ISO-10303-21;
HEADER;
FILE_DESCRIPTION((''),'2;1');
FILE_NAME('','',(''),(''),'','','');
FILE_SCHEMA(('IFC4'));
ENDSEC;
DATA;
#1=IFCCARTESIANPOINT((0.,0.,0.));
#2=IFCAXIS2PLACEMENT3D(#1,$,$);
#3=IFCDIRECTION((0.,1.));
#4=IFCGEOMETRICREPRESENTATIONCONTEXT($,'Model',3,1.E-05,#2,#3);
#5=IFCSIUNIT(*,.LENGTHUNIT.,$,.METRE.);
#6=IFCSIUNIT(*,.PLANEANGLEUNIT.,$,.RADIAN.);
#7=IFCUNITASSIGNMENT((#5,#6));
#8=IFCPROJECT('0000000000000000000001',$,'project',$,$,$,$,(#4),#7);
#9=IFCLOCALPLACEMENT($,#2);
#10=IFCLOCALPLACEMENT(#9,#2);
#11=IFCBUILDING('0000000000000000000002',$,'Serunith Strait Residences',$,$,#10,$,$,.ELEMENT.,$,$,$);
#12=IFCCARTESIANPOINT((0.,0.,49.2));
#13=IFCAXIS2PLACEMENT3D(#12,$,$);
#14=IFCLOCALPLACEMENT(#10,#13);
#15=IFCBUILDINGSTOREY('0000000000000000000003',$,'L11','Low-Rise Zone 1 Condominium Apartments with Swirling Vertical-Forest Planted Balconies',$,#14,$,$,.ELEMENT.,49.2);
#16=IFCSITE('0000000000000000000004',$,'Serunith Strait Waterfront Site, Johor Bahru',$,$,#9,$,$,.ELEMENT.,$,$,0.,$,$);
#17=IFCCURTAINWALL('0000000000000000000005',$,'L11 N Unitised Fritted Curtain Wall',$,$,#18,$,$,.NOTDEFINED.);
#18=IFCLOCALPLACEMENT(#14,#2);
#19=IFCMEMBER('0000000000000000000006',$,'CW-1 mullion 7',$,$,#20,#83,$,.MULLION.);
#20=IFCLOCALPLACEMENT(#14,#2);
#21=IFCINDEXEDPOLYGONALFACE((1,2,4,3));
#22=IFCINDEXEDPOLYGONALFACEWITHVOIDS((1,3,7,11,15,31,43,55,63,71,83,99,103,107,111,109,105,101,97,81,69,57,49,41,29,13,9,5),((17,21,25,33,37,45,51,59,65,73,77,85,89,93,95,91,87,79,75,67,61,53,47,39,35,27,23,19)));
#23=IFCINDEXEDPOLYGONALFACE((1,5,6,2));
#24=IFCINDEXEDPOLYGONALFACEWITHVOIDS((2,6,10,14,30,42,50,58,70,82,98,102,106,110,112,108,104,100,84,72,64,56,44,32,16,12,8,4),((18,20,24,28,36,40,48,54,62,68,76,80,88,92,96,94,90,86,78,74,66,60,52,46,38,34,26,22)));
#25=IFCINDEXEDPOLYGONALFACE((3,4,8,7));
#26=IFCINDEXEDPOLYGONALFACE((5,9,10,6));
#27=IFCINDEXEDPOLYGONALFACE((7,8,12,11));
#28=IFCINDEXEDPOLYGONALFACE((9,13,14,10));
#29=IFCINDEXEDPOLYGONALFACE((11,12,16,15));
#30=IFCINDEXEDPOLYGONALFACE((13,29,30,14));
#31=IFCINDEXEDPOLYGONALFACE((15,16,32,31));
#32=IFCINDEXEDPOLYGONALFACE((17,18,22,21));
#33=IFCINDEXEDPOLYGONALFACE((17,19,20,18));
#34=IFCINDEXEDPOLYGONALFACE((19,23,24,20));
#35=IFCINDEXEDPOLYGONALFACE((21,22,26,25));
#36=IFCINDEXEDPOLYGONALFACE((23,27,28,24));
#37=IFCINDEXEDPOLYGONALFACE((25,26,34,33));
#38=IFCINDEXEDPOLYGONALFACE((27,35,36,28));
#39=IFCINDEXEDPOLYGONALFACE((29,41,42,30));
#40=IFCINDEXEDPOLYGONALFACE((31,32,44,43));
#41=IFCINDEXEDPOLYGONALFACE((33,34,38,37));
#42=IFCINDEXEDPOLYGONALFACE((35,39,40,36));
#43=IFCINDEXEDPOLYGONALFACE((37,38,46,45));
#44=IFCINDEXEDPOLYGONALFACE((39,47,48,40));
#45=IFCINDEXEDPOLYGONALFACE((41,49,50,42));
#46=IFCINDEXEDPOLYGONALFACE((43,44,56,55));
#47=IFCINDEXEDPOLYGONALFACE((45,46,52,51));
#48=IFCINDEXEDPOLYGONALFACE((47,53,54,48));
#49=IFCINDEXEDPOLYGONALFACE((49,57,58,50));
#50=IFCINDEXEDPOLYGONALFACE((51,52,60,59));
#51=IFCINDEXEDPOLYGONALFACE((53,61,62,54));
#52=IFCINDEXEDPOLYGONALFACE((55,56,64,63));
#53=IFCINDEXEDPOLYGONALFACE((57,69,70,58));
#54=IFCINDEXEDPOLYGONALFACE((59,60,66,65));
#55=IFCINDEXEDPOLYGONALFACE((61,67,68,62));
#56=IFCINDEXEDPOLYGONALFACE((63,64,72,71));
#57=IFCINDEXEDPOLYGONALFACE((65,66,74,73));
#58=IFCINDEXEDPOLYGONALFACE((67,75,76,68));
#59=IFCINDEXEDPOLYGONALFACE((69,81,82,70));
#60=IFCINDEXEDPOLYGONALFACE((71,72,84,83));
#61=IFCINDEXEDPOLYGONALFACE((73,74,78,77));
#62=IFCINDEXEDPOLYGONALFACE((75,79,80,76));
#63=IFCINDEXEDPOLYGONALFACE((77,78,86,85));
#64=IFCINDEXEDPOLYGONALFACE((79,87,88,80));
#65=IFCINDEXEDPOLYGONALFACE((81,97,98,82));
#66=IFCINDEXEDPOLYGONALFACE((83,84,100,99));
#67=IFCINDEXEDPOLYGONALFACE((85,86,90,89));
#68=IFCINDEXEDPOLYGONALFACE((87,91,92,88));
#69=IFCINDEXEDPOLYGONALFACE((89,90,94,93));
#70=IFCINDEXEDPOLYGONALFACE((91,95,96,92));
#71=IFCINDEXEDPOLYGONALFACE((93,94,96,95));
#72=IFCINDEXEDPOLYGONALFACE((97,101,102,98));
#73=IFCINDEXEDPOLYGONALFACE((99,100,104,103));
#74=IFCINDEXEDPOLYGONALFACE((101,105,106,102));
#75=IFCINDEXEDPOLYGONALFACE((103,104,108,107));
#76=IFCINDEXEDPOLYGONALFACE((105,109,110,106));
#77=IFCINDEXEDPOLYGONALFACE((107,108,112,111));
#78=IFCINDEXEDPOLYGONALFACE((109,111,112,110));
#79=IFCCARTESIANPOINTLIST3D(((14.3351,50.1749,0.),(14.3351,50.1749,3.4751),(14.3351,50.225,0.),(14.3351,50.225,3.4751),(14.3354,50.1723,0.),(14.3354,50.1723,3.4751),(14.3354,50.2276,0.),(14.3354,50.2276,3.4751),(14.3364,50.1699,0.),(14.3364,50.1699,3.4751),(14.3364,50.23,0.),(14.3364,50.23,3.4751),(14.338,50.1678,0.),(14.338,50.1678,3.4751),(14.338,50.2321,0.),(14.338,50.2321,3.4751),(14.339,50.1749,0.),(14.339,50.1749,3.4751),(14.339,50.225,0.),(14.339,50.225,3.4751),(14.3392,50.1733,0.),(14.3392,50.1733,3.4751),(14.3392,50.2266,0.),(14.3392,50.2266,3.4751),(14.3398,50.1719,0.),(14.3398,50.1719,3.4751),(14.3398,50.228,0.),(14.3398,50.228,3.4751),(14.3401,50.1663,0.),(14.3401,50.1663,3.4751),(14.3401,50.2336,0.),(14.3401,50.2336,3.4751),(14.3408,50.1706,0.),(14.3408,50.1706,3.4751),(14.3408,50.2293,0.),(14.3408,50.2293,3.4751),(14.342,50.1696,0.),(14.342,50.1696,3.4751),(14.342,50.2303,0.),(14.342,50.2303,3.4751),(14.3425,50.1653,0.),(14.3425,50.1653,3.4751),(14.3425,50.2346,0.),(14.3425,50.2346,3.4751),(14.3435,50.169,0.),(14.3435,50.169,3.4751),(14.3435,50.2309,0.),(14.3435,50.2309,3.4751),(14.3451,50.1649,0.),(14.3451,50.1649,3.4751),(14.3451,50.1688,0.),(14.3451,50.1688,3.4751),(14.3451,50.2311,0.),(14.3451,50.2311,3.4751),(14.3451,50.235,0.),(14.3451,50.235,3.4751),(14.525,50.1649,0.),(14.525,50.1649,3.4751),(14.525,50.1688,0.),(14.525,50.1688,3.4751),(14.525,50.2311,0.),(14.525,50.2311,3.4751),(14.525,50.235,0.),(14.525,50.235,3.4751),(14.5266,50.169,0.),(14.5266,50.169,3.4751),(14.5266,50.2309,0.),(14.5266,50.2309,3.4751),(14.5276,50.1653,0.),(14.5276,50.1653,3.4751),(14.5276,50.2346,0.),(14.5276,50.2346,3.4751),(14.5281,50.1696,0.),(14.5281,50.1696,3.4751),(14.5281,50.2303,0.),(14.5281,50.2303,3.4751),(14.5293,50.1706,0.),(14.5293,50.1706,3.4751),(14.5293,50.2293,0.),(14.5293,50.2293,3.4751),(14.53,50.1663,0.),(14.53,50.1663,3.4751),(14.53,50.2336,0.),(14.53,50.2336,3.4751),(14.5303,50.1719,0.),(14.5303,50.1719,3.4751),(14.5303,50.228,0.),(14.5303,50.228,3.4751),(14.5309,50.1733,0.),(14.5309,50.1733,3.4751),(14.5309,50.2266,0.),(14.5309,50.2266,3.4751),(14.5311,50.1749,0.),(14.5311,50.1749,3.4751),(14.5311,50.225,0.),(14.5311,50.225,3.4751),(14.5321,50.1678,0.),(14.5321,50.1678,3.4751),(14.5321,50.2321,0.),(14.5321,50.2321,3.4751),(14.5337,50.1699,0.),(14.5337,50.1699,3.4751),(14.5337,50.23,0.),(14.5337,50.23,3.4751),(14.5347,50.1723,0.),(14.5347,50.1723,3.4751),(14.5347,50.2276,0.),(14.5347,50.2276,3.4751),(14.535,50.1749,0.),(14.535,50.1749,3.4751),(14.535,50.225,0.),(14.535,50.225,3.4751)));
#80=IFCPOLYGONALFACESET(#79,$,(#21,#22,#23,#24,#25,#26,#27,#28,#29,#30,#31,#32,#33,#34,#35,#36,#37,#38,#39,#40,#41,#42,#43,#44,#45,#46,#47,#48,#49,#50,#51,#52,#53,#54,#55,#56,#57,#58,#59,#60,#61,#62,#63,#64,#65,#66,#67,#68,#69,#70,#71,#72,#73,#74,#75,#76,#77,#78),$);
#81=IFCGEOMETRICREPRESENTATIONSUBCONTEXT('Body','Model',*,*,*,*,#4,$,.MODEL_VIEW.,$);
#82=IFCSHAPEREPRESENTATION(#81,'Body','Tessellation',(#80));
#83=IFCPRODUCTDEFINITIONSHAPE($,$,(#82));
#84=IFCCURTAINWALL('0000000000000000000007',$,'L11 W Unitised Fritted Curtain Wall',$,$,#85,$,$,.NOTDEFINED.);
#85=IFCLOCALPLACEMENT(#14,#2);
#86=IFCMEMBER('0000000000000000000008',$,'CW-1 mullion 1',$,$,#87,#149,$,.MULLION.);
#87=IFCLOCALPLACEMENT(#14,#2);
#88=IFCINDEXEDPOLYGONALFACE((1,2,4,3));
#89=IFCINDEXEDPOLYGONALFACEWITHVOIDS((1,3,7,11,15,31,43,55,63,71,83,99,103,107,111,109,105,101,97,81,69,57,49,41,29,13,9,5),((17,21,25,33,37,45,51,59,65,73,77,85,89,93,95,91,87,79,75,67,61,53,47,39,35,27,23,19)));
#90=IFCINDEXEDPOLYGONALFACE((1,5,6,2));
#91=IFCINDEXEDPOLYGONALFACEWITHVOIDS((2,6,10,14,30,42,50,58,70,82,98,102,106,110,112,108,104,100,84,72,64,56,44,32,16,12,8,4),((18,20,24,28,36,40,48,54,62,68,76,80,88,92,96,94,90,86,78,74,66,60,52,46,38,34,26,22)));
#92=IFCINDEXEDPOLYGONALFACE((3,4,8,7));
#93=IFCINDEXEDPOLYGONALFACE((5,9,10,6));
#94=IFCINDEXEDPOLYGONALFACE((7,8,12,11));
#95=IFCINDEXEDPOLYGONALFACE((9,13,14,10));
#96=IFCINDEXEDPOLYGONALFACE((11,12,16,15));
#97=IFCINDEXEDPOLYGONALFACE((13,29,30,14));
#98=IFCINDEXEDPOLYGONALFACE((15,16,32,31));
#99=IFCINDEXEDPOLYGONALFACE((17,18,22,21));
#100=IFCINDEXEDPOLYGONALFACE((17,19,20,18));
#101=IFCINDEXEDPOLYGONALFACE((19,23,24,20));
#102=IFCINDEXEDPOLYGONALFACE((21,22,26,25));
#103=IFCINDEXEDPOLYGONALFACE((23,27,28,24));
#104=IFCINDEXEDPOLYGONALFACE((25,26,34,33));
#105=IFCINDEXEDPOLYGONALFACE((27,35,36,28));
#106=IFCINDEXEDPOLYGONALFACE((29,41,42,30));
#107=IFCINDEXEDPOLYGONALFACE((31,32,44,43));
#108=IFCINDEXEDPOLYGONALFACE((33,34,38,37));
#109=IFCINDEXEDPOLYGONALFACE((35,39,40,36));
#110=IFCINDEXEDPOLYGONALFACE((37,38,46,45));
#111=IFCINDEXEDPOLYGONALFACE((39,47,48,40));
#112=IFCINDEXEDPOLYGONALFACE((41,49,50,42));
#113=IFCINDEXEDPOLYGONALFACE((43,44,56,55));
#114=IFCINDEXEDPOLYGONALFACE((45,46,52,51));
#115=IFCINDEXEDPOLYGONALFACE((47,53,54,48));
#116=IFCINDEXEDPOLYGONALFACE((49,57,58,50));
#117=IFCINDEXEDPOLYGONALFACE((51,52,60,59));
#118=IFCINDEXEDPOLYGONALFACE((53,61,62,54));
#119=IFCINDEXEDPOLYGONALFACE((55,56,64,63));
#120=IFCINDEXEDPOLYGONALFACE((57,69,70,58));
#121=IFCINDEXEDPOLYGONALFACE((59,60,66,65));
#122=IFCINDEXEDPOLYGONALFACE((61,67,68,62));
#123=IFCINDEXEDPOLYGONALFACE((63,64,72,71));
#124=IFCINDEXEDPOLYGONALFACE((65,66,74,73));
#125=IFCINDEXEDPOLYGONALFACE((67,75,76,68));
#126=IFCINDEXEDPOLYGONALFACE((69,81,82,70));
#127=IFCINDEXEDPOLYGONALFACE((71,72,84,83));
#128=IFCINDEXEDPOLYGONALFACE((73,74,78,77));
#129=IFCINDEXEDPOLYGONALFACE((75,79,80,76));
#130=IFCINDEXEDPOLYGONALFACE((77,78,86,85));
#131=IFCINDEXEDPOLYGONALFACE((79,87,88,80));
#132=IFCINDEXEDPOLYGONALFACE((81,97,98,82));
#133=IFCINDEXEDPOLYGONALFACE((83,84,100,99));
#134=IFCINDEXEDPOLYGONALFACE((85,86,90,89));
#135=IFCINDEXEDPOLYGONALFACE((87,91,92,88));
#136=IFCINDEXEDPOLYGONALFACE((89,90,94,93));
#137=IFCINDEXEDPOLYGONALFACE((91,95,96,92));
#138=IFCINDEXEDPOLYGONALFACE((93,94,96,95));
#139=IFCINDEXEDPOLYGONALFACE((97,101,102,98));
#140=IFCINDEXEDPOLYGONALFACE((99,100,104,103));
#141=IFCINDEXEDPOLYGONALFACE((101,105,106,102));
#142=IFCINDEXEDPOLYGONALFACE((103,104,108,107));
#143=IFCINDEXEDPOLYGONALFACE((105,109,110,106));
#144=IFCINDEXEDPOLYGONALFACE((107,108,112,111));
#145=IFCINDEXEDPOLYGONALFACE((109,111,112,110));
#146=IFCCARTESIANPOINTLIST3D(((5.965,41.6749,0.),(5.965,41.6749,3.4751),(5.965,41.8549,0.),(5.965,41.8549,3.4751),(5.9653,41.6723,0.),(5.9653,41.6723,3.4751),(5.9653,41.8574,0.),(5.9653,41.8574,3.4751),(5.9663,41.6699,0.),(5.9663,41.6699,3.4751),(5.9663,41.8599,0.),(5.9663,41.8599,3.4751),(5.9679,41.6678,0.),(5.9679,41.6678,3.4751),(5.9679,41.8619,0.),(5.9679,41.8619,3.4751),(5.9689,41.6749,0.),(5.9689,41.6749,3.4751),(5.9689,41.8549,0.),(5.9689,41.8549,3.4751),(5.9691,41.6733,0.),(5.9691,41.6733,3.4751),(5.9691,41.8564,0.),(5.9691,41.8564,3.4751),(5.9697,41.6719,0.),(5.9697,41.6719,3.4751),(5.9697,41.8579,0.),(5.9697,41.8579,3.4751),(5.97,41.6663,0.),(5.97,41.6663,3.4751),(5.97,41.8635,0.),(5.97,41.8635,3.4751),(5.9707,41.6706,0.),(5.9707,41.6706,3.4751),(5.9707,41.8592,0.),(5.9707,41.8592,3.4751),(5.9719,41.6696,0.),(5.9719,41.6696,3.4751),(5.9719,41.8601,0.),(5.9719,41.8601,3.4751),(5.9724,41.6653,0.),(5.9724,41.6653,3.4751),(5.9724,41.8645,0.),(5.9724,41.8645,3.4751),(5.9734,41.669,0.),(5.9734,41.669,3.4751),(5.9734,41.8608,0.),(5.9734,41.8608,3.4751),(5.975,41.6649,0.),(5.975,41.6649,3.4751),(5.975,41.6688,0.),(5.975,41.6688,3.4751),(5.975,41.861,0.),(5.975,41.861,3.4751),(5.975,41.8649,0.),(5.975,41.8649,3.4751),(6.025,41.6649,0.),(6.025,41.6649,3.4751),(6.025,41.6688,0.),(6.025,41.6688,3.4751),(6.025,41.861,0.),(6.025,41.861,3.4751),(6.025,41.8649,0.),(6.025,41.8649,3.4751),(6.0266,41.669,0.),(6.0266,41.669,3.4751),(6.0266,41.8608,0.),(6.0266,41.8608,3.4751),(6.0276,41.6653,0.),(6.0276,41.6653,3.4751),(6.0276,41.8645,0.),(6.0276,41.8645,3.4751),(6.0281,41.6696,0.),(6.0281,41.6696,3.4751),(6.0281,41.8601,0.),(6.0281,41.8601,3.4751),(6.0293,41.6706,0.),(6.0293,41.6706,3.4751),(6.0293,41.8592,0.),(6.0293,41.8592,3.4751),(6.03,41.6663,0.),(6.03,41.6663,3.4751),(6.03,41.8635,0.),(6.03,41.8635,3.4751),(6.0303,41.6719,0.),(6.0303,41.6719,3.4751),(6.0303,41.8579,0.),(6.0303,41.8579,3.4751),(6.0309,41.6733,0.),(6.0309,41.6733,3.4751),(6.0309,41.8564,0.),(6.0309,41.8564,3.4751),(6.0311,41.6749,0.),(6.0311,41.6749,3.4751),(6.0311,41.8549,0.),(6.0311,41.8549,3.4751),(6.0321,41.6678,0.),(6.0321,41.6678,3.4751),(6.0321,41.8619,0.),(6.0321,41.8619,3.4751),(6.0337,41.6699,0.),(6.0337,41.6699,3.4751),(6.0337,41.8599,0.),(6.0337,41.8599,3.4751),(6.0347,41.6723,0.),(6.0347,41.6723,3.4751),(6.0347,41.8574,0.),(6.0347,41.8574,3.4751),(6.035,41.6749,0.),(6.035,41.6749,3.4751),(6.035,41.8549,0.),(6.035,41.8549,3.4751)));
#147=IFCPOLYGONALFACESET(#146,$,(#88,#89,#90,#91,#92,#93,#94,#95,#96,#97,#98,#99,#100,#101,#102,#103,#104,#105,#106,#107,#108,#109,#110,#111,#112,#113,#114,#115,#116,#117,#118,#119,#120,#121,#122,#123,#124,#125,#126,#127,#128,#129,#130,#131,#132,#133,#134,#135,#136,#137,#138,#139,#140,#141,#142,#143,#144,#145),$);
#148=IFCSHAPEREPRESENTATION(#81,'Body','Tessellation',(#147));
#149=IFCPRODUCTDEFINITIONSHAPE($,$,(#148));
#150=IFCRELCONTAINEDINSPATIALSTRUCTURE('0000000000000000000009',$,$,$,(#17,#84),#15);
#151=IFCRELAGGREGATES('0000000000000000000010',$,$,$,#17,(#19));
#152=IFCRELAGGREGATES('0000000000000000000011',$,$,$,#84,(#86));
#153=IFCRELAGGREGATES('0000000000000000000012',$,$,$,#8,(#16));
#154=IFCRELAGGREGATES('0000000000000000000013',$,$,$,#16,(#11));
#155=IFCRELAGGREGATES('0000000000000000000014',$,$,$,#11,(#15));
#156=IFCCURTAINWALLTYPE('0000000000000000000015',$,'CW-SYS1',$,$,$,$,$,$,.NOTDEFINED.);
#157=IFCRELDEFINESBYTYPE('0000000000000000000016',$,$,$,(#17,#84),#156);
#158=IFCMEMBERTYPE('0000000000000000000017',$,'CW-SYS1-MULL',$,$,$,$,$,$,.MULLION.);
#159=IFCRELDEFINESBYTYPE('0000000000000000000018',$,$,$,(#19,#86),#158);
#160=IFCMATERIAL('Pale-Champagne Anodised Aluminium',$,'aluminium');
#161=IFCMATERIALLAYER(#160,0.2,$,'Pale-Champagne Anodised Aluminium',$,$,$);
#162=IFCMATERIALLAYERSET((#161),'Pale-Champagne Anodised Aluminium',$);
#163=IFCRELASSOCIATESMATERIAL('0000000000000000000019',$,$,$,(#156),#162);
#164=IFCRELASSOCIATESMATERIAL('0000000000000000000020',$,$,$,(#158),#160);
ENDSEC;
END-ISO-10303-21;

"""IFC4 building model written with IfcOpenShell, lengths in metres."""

from ifc_helpers import new_model, si_unit, direction, frame, origin, origin_2d, place, context, subcontext, project, spatial, hollow_rectangle, extrude, source, transform, mapped, material, layer, layer_set, material_profile, profile_set, type_object, element, aggregate, save


model = new_model("IFC4")

# Units and contexts
model_context = context("Model", 3, precision=1e-05, world=origin(), true_north=direction((0.0, 1.0)))
body_context = subcontext(model_context, "Body", "Model", "MODEL_VIEW")
ifc_project = project(units=[si_unit("LENGTHUNIT", "METRE"), si_unit("PLANEANGLEUNIT", "RADIAN")], contexts=[model_context])

# Site, building, storey
site_placement = place(None, origin())
site = spatial("IfcSite", under=ifc_project, at=site_placement, Name="Serunith Strait Waterfront Site, Johor Bahru", CompositionType="ELEMENT", RefElevation=0.0)
building_placement = place(site_placement, origin())
building = spatial("IfcBuilding", under=site, at=building_placement, Name="Serunith Strait Residences", CompositionType="ELEMENT")
storey_placement = place(building_placement, frame((0.0, 0.0, 49.2)))
storey = spatial("IfcBuildingStorey", under=building, at=storey_placement, Name="L11", Description="Low-Rise Zone 1 Condominium Apartments with Swirling Vertical-Forest Planted Balconies", CompositionType="ELEMENT", Elevation=49.2)

# Curtain wall, member
ifc_material_1 = material(Name="Pale-Champagne Anodised Aluminium", Category="aluminium")
ifc_layer_1 = layer(ifc_material_1, 0.2, Name="Pale-Champagne Anodised Aluminium")
ifc_layer_set_1 = layer_set([ifc_layer_1], Name="Pale-Champagne Anodised Aluminium")
curtain_wall_type = type_object("IfcCurtainWallType", Name="CW-SYS1", PredefinedType="NOTDEFINED", material=ifc_layer_set_1)
curtain_wall_1_placement = place(storey_placement, origin())
curtain_wall_1 = element("IfcCurtainWall", 1, at=curtain_wall_1_placement, inside=storey, type_object=curtain_wall_type, Name="L11 N Unitised Fritted Curtain Wall", PredefinedType="NOTDEFINED")
ifc_material_profile_1 = material_profile(ifc_material_1, hollow_rectangle(XDim=0.0701, YDim=0.2, WallThickness=0.0039, InnerFilletRadius=0.0061, OuterFilletRadius=0.01, at=origin_2d()), Name="ALU 200x70x4")
ifc_profile_set_1 = profile_set([ifc_material_profile_1], Name="Pale-Champagne Anodised Aluminium")
member_type_1 = type_object("IfcMemberType", Name="CW-SYS1-MULL", PredefinedType="MULLION", material=ifc_profile_set_1)
shared_shape_1 = source(origin(), body_context, "Body", "SweptSolid", [
    extrude(hollow_rectangle(XDim=0.0701, YDim=0.2, WallThickness=0.0039, InnerFilletRadius=0.0061, OuterFilletRadius=0.01, at=origin_2d()), origin(), (0.0, 0.0, 1.0), 3.4751),
])
member_1_placement = place(storey_placement, frame((14.4351, 50.2, 0.0), z_axis=(0.0, 0.0, 1.0), x_axis=(0.0, -1.0, 0.0)))
member_1 = element("IfcMember", 2, at=member_1_placement, type_object=member_type_1, Name="CW-1 mullion 7", PredefinedType="MULLION", context=body_context, shape_type="MappedRepresentation", body=[
    mapped(shared_shape_1, transform((0.0, 0.0, 0.0), scale=1.0)),
])
aggregate(curtain_wall_1, [member_1])

# Curtain wall, member
curtain_wall_2_placement = place(storey_placement, origin())
curtain_wall_2 = element("IfcCurtainWall", 3, at=curtain_wall_2_placement, inside=storey, type_object=curtain_wall_type, Name="L11 W Unitised Fritted Curtain Wall", PredefinedType="NOTDEFINED")
member_2_placement = place(storey_placement, frame((6.0, 41.7649, 0.0), z_axis=(0.0, 0.0, 1.0), x_axis=(1.0, 0.0, 0.0)))
member_2 = element("IfcMember", 4, at=member_2_placement, type_object=member_type_1, Name="CW-1 mullion 1", PredefinedType="MULLION", context=body_context, shape_type="MappedRepresentation", body=[
    mapped(shared_shape_1, transform((0.0, 0.0, 0.0), scale=1.0)),
])
aggregate(curtain_wall_2, [member_2])

save(model, "model.ifc")
